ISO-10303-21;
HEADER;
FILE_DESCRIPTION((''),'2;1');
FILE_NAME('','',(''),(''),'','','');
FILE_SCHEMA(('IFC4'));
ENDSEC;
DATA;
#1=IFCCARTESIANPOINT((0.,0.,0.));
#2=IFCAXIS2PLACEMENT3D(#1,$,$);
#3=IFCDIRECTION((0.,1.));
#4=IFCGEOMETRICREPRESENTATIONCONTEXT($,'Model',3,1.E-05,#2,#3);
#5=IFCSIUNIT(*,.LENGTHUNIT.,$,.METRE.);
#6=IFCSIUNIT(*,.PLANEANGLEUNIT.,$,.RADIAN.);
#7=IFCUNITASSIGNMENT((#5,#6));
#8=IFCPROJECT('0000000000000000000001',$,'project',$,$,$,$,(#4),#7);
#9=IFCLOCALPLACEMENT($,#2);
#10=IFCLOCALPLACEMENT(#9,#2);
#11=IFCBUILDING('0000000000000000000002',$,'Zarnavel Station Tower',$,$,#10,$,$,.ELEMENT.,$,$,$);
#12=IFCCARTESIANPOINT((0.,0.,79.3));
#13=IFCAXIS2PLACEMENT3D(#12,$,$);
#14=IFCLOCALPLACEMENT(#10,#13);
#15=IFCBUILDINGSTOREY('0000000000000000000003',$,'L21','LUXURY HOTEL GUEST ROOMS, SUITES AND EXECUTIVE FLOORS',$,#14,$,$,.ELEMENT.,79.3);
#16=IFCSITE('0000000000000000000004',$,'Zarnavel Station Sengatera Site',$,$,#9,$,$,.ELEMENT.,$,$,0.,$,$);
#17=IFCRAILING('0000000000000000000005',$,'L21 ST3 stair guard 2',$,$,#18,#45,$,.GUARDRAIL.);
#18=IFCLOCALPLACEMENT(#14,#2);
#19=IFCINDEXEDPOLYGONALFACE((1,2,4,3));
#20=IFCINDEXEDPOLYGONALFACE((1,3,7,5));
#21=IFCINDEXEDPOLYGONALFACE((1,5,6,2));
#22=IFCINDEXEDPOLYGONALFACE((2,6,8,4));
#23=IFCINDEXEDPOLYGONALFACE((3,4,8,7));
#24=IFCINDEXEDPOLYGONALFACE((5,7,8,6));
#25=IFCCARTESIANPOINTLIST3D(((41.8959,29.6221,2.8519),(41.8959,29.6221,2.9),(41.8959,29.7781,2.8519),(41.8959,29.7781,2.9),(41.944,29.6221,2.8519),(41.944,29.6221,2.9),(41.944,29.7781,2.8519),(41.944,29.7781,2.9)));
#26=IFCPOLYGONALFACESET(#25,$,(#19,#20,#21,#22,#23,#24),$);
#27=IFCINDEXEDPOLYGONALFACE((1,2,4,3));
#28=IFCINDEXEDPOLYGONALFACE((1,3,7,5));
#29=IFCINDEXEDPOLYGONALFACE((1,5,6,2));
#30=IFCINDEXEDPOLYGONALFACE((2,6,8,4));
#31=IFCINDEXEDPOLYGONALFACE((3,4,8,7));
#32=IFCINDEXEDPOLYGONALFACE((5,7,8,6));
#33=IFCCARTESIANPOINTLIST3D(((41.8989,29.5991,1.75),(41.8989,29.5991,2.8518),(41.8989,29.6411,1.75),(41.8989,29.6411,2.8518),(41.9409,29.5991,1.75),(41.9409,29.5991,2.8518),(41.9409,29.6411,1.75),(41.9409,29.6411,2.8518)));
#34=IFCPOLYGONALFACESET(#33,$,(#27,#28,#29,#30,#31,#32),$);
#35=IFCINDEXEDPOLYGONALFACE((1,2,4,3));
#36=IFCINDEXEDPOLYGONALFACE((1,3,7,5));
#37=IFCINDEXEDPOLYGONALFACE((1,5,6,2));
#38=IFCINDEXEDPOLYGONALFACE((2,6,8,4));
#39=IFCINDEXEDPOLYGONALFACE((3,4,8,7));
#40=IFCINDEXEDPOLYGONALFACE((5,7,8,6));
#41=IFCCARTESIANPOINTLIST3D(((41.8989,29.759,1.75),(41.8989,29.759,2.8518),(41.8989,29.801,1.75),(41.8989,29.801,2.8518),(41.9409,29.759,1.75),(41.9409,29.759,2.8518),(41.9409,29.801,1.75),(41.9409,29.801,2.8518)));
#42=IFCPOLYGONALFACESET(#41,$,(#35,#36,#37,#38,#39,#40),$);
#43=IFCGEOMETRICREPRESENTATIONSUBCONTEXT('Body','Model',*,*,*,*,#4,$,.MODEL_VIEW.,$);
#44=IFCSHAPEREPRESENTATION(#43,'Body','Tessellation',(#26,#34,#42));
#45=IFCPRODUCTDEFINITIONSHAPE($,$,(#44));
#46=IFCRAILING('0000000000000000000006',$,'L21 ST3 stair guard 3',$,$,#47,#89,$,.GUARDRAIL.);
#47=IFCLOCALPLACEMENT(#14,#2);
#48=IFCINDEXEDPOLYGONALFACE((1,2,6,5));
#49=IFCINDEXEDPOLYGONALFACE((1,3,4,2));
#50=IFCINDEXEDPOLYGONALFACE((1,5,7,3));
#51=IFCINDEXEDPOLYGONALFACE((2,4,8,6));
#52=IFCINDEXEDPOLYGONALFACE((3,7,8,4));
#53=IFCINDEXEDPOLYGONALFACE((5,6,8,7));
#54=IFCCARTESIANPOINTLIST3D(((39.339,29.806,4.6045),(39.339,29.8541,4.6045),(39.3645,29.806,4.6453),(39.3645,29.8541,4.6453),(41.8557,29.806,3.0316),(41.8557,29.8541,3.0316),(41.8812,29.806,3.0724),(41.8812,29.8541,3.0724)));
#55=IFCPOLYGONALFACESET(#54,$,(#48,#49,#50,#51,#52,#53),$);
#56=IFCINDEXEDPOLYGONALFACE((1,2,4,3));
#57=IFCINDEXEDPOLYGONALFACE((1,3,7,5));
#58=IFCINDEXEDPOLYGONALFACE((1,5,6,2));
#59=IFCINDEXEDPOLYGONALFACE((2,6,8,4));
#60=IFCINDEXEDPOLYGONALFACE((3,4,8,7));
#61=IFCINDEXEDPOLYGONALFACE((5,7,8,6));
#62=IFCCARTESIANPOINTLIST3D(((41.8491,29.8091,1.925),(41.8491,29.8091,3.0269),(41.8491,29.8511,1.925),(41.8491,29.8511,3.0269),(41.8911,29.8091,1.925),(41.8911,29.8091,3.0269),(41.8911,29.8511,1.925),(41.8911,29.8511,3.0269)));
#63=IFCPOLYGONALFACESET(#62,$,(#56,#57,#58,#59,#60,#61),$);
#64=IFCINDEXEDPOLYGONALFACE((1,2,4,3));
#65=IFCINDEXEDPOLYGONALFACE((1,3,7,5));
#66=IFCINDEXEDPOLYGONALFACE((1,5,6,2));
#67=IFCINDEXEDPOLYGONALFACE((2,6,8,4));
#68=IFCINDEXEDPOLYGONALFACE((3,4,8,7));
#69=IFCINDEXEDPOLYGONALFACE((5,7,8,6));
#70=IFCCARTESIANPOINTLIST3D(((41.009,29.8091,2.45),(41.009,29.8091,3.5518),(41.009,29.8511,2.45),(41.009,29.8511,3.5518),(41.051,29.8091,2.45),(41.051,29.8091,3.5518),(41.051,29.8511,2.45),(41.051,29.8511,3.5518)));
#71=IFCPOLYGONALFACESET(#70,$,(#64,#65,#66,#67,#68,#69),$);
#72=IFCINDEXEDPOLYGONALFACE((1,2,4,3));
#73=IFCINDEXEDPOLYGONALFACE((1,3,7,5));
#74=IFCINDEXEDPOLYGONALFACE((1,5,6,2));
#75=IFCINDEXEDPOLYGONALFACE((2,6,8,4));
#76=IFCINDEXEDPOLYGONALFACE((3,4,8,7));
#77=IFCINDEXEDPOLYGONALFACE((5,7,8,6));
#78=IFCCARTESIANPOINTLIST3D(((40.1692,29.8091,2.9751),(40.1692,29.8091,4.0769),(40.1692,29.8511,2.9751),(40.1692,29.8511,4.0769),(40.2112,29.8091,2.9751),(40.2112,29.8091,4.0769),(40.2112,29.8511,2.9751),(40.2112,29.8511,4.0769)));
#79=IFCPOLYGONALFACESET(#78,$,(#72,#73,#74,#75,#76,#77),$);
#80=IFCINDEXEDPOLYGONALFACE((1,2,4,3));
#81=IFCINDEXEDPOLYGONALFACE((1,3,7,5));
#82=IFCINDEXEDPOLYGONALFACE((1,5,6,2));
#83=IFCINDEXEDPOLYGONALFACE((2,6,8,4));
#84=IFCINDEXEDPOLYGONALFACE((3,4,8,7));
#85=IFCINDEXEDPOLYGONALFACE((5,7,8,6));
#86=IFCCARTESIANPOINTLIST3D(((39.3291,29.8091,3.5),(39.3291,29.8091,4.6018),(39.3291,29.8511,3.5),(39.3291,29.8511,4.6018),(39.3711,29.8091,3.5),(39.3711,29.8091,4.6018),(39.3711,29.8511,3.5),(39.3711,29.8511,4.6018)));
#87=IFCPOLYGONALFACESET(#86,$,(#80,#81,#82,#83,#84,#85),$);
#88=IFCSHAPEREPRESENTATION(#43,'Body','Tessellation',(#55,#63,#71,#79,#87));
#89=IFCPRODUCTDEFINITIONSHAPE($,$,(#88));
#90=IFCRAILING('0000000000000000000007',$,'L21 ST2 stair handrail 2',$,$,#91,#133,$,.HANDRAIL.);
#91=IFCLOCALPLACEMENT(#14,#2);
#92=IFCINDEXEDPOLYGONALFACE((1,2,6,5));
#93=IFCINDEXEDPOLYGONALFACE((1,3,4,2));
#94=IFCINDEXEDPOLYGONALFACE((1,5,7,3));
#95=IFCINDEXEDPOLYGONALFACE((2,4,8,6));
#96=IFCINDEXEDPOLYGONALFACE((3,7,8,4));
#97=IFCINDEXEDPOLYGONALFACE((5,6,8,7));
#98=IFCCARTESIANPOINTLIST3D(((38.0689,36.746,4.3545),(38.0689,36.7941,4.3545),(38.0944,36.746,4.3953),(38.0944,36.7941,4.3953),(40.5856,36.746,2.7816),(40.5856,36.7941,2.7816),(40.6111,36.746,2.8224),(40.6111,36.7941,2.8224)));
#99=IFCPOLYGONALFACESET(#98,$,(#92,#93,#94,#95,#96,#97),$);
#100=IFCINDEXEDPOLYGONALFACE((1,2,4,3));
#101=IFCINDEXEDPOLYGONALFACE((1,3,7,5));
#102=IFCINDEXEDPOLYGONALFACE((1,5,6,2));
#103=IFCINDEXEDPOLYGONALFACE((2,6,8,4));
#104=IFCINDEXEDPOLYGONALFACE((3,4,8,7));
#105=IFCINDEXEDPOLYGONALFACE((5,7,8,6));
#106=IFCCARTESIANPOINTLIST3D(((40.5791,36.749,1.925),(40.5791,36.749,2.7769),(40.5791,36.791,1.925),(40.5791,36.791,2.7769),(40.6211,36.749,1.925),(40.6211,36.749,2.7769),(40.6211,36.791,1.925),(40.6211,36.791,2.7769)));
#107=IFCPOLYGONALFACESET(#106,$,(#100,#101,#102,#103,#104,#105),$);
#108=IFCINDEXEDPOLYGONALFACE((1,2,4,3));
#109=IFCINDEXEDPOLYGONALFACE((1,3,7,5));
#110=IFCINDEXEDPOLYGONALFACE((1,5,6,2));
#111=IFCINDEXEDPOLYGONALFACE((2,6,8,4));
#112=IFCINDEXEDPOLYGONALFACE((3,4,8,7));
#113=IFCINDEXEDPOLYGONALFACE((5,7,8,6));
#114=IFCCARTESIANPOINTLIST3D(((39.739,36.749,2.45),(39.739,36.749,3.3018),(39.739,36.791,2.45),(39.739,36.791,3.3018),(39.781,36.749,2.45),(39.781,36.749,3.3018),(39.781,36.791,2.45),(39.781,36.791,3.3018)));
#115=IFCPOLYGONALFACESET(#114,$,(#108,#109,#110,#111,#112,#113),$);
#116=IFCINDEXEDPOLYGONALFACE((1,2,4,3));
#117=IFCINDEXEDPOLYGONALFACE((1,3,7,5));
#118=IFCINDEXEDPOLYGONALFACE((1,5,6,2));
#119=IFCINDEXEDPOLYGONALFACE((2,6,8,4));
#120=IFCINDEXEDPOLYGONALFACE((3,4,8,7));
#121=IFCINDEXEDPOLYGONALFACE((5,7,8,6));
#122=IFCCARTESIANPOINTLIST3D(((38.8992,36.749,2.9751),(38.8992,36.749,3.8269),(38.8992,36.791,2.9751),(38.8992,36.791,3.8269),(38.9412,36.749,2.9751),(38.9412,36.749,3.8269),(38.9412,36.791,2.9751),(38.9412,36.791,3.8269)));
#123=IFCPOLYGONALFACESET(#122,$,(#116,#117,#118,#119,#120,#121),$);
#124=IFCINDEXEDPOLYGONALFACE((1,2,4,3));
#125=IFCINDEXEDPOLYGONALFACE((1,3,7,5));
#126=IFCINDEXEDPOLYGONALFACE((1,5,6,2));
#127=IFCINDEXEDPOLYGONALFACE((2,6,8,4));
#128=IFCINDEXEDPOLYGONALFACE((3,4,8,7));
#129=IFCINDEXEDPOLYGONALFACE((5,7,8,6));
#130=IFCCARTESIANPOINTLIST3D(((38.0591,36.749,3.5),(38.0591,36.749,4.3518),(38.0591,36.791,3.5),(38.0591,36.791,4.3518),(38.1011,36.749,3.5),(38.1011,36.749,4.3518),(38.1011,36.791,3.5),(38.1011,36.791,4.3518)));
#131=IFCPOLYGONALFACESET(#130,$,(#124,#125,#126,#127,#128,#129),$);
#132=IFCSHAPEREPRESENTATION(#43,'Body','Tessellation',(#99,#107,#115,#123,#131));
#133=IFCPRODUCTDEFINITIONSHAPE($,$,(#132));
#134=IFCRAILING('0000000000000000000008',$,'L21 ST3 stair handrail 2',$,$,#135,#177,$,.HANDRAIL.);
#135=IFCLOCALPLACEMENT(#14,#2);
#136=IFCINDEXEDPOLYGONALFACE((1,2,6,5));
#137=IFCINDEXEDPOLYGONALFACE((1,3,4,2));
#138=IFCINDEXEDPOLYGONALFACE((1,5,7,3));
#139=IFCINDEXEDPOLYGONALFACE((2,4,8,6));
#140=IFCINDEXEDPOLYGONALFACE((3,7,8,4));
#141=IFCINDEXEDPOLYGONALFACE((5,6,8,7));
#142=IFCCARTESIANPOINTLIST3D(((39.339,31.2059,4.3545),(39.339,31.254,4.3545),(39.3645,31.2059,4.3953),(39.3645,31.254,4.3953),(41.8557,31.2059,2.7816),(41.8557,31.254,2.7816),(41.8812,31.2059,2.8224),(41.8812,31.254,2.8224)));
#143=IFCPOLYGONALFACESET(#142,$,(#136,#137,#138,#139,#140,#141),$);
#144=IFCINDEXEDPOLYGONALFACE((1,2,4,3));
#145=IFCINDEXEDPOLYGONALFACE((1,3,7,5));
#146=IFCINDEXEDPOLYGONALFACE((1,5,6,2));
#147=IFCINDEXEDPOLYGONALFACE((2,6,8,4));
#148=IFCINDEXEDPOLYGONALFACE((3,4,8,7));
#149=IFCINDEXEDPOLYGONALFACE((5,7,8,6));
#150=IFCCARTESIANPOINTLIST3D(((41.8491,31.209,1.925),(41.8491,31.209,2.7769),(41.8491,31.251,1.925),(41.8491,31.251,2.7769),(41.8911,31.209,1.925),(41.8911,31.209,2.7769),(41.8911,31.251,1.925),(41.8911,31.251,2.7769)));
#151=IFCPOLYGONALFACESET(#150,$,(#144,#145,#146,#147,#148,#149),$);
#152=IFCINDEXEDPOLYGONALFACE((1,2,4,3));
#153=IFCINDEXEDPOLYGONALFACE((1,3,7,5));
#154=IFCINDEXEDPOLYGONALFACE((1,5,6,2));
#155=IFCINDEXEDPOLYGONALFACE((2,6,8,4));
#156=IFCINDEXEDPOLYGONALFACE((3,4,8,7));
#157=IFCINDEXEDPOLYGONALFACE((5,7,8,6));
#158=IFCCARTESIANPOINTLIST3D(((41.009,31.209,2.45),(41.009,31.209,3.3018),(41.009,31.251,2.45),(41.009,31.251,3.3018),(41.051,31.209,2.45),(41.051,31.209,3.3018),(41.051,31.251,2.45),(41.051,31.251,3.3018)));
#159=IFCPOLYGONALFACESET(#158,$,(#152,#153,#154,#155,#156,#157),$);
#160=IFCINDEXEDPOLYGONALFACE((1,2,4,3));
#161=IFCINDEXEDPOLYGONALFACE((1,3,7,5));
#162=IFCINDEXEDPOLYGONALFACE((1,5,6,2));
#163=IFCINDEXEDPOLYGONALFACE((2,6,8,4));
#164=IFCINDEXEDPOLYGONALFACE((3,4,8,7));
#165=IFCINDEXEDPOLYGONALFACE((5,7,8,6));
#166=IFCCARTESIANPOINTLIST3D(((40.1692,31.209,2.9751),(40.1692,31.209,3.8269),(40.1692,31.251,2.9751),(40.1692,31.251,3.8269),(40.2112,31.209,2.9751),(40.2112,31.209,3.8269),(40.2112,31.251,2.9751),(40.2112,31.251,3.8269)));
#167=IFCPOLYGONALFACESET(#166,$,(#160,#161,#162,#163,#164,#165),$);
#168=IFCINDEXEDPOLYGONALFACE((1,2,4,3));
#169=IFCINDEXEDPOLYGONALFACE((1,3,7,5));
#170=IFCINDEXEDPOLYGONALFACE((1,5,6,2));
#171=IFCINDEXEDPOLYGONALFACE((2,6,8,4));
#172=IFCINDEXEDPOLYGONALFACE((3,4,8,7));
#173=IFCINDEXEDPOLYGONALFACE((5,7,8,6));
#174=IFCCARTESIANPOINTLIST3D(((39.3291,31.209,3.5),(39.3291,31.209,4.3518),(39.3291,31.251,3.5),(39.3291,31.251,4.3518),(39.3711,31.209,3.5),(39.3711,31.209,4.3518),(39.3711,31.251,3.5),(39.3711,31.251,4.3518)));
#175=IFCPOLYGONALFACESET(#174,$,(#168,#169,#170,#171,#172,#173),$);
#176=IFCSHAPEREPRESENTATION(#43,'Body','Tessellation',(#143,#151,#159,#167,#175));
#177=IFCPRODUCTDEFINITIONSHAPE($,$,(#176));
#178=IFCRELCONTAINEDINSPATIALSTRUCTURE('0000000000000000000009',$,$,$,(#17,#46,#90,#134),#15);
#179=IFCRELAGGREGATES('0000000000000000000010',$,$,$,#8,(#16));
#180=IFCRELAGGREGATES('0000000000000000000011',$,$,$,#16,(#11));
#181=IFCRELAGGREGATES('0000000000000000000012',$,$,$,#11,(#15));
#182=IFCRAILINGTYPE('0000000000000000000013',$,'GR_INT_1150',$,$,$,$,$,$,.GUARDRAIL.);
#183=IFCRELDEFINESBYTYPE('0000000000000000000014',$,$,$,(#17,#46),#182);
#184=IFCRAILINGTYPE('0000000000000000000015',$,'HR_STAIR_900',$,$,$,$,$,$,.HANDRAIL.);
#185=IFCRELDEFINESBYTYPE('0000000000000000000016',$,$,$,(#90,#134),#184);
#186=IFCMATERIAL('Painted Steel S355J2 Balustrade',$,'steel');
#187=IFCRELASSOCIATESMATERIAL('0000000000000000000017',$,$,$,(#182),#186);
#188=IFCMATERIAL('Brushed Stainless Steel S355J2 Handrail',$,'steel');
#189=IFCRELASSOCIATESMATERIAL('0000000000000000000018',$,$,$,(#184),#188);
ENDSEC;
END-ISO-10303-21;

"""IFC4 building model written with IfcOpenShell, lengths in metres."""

from ifc_helpers import new_model, si_unit, direction, frame, origin, origin_2d, place, context, subcontext, project, spatial, rectangle, extrude, material, type_object, element, save


model = new_model("IFC4")

# Units and contexts
model_context = context("Model", 3, precision=1e-05, world=origin(), true_north=direction((0.0, 1.0)))
body_context = subcontext(model_context, "Body", "Model", "MODEL_VIEW")
ifc_project = project(units=[si_unit("LENGTHUNIT", "METRE"), si_unit("PLANEANGLEUNIT", "RADIAN")], contexts=[model_context])

# Site, building, storey
site_placement = place(None, origin())
site = spatial("IfcSite", under=ifc_project, at=site_placement, Name="Zarnavel Station Sengatera Site", CompositionType="ELEMENT", RefElevation=0.0)
building_placement = place(site_placement, origin())
building = spatial("IfcBuilding", under=site, at=building_placement, Name="Zarnavel Station Tower", CompositionType="ELEMENT")
storey_placement = place(building_placement, frame((0.0, 0.0, 79.3)))
storey = spatial("IfcBuildingStorey", under=building, at=storey_placement, Name="L21", Description="LUXURY HOTEL GUEST ROOMS, SUITES AND EXECUTIVE FLOORS", CompositionType="ELEMENT", Elevation=79.3)

# Railings
ifc_material_1 = material(Name="Painted Steel S355J2 Balustrade", Category="steel")
railing_type_1 = type_object("IfcRailingType", Name="GR_INT_1150", PredefinedType="GUARDRAIL", material=ifc_material_1)
railing_1_placement = place(storey_placement, frame((41.9199, 29.6201, 1.75)))
element("IfcRailing", 1, at=railing_1_placement, inside=storey, type_object=railing_type_1, Name="L21 ST3 stair guard 2", PredefinedType="GUARDRAIL", context=body_context, shape_type="SweptSolid", body=[
    extrude(rectangle(XDim=0.0481, YDim=0.0481, at=origin_2d()), frame((0.0, 0.002, 1.126), z_axis=(0.0, 1.0, 0.0), x_axis=(-1.0, 0.0, 0.0)), (0.0, 0.0, 1.0), 0.156),
    extrude(rectangle(XDim=0.042, YDim=0.042, at=origin_2d()), origin(), (0.0, 0.0, 1.0), 1.1018),
    extrude(rectangle(XDim=0.042, YDim=0.042, at=origin_2d()), frame((0.0, 0.1599, 0.0)), (0.0, 0.0, 1.0), 1.1018),
])
railing_2_placement = place(storey_placement, frame((41.8701, 29.8301, 1.925)))
element("IfcRailing", 2, at=railing_2_placement, inside=storey, type_object=railing_type_1, Name="L21 ST3 stair guard 3", PredefinedType="GUARDRAIL", context=body_context, shape_type="SweptSolid", body=[
    extrude(rectangle(XDim=0.0481, YDim=0.0481, at=origin_2d()), frame((-0.0017, 0.0, 1.127), z_axis=(-0.848008, 0.0, 0.529984), x_axis=(0.0, -1.0, 0.0)), (0.0, 0.0, 1.0), 2.9678),
    extrude(rectangle(XDim=0.042, YDim=0.042, at=origin_2d()), origin(), (0.0, 0.0, 1.0), 1.1018),
    extrude(rectangle(XDim=0.042, YDim=0.042, at=origin_2d()), frame((-0.8401, 0.0, 0.5249)), (0.0, 0.0, 1.0), 1.1018),
    extrude(rectangle(XDim=0.042, YDim=0.042, at=origin_2d()), frame((-1.6799, 0.0, 1.05)), (0.0, 0.0, 1.0), 1.1018),
    extrude(rectangle(XDim=0.042, YDim=0.042, at=origin_2d()), frame((-2.52, 0.0, 1.575)), (0.0, 0.0, 1.0), 1.1018),
])
ifc_material_2 = material(Name="Brushed Stainless Steel S355J2 Handrail", Category="steel")
railing_type_2 = type_object("IfcRailingType", Name="HR_STAIR_900", PredefinedType="HANDRAIL", material=ifc_material_2)
for number, where, name in (
    (3, (40.6001, 36.77, 1.925), "L21 ST2 stair handrail 2"),
    (4, (41.8701, 31.23, 1.925), "L21 ST3 stair handrail 2"),
):
    element("IfcRailing", number, at=place(storey_placement, frame(where)), inside=storey, type_object=railing_type_2, Name=name, PredefinedType="HANDRAIL", context=body_context, shape_type="SweptSolid", body=[
        extrude(rectangle(XDim=0.0481, YDim=0.0481, at=origin_2d()), frame((-0.0017, 0.0, 0.877), z_axis=(-0.848008, 0.0, 0.529984), x_axis=(0.0, -1.0, 0.0)), (0.0, 0.0, 1.0), 2.9678),
        extrude(rectangle(XDim=0.042, YDim=0.042, at=origin_2d()), origin(), (0.0, 0.0, 1.0), 0.8518),
        extrude(rectangle(XDim=0.042, YDim=0.042, at=origin_2d()), frame((-0.8401, 0.0, 0.5249)), (0.0, 0.0, 1.0), 0.8518),
        extrude(rectangle(XDim=0.042, YDim=0.042, at=origin_2d()), frame((-1.6799, 0.0, 1.05)), (0.0, 0.0, 1.0), 0.8518),
        extrude(rectangle(XDim=0.042, YDim=0.042, at=origin_2d()), frame((-2.52, 0.0, 1.575)), (0.0, 0.0, 1.0), 0.8518),
    ])

save(model, "model.ifc")
